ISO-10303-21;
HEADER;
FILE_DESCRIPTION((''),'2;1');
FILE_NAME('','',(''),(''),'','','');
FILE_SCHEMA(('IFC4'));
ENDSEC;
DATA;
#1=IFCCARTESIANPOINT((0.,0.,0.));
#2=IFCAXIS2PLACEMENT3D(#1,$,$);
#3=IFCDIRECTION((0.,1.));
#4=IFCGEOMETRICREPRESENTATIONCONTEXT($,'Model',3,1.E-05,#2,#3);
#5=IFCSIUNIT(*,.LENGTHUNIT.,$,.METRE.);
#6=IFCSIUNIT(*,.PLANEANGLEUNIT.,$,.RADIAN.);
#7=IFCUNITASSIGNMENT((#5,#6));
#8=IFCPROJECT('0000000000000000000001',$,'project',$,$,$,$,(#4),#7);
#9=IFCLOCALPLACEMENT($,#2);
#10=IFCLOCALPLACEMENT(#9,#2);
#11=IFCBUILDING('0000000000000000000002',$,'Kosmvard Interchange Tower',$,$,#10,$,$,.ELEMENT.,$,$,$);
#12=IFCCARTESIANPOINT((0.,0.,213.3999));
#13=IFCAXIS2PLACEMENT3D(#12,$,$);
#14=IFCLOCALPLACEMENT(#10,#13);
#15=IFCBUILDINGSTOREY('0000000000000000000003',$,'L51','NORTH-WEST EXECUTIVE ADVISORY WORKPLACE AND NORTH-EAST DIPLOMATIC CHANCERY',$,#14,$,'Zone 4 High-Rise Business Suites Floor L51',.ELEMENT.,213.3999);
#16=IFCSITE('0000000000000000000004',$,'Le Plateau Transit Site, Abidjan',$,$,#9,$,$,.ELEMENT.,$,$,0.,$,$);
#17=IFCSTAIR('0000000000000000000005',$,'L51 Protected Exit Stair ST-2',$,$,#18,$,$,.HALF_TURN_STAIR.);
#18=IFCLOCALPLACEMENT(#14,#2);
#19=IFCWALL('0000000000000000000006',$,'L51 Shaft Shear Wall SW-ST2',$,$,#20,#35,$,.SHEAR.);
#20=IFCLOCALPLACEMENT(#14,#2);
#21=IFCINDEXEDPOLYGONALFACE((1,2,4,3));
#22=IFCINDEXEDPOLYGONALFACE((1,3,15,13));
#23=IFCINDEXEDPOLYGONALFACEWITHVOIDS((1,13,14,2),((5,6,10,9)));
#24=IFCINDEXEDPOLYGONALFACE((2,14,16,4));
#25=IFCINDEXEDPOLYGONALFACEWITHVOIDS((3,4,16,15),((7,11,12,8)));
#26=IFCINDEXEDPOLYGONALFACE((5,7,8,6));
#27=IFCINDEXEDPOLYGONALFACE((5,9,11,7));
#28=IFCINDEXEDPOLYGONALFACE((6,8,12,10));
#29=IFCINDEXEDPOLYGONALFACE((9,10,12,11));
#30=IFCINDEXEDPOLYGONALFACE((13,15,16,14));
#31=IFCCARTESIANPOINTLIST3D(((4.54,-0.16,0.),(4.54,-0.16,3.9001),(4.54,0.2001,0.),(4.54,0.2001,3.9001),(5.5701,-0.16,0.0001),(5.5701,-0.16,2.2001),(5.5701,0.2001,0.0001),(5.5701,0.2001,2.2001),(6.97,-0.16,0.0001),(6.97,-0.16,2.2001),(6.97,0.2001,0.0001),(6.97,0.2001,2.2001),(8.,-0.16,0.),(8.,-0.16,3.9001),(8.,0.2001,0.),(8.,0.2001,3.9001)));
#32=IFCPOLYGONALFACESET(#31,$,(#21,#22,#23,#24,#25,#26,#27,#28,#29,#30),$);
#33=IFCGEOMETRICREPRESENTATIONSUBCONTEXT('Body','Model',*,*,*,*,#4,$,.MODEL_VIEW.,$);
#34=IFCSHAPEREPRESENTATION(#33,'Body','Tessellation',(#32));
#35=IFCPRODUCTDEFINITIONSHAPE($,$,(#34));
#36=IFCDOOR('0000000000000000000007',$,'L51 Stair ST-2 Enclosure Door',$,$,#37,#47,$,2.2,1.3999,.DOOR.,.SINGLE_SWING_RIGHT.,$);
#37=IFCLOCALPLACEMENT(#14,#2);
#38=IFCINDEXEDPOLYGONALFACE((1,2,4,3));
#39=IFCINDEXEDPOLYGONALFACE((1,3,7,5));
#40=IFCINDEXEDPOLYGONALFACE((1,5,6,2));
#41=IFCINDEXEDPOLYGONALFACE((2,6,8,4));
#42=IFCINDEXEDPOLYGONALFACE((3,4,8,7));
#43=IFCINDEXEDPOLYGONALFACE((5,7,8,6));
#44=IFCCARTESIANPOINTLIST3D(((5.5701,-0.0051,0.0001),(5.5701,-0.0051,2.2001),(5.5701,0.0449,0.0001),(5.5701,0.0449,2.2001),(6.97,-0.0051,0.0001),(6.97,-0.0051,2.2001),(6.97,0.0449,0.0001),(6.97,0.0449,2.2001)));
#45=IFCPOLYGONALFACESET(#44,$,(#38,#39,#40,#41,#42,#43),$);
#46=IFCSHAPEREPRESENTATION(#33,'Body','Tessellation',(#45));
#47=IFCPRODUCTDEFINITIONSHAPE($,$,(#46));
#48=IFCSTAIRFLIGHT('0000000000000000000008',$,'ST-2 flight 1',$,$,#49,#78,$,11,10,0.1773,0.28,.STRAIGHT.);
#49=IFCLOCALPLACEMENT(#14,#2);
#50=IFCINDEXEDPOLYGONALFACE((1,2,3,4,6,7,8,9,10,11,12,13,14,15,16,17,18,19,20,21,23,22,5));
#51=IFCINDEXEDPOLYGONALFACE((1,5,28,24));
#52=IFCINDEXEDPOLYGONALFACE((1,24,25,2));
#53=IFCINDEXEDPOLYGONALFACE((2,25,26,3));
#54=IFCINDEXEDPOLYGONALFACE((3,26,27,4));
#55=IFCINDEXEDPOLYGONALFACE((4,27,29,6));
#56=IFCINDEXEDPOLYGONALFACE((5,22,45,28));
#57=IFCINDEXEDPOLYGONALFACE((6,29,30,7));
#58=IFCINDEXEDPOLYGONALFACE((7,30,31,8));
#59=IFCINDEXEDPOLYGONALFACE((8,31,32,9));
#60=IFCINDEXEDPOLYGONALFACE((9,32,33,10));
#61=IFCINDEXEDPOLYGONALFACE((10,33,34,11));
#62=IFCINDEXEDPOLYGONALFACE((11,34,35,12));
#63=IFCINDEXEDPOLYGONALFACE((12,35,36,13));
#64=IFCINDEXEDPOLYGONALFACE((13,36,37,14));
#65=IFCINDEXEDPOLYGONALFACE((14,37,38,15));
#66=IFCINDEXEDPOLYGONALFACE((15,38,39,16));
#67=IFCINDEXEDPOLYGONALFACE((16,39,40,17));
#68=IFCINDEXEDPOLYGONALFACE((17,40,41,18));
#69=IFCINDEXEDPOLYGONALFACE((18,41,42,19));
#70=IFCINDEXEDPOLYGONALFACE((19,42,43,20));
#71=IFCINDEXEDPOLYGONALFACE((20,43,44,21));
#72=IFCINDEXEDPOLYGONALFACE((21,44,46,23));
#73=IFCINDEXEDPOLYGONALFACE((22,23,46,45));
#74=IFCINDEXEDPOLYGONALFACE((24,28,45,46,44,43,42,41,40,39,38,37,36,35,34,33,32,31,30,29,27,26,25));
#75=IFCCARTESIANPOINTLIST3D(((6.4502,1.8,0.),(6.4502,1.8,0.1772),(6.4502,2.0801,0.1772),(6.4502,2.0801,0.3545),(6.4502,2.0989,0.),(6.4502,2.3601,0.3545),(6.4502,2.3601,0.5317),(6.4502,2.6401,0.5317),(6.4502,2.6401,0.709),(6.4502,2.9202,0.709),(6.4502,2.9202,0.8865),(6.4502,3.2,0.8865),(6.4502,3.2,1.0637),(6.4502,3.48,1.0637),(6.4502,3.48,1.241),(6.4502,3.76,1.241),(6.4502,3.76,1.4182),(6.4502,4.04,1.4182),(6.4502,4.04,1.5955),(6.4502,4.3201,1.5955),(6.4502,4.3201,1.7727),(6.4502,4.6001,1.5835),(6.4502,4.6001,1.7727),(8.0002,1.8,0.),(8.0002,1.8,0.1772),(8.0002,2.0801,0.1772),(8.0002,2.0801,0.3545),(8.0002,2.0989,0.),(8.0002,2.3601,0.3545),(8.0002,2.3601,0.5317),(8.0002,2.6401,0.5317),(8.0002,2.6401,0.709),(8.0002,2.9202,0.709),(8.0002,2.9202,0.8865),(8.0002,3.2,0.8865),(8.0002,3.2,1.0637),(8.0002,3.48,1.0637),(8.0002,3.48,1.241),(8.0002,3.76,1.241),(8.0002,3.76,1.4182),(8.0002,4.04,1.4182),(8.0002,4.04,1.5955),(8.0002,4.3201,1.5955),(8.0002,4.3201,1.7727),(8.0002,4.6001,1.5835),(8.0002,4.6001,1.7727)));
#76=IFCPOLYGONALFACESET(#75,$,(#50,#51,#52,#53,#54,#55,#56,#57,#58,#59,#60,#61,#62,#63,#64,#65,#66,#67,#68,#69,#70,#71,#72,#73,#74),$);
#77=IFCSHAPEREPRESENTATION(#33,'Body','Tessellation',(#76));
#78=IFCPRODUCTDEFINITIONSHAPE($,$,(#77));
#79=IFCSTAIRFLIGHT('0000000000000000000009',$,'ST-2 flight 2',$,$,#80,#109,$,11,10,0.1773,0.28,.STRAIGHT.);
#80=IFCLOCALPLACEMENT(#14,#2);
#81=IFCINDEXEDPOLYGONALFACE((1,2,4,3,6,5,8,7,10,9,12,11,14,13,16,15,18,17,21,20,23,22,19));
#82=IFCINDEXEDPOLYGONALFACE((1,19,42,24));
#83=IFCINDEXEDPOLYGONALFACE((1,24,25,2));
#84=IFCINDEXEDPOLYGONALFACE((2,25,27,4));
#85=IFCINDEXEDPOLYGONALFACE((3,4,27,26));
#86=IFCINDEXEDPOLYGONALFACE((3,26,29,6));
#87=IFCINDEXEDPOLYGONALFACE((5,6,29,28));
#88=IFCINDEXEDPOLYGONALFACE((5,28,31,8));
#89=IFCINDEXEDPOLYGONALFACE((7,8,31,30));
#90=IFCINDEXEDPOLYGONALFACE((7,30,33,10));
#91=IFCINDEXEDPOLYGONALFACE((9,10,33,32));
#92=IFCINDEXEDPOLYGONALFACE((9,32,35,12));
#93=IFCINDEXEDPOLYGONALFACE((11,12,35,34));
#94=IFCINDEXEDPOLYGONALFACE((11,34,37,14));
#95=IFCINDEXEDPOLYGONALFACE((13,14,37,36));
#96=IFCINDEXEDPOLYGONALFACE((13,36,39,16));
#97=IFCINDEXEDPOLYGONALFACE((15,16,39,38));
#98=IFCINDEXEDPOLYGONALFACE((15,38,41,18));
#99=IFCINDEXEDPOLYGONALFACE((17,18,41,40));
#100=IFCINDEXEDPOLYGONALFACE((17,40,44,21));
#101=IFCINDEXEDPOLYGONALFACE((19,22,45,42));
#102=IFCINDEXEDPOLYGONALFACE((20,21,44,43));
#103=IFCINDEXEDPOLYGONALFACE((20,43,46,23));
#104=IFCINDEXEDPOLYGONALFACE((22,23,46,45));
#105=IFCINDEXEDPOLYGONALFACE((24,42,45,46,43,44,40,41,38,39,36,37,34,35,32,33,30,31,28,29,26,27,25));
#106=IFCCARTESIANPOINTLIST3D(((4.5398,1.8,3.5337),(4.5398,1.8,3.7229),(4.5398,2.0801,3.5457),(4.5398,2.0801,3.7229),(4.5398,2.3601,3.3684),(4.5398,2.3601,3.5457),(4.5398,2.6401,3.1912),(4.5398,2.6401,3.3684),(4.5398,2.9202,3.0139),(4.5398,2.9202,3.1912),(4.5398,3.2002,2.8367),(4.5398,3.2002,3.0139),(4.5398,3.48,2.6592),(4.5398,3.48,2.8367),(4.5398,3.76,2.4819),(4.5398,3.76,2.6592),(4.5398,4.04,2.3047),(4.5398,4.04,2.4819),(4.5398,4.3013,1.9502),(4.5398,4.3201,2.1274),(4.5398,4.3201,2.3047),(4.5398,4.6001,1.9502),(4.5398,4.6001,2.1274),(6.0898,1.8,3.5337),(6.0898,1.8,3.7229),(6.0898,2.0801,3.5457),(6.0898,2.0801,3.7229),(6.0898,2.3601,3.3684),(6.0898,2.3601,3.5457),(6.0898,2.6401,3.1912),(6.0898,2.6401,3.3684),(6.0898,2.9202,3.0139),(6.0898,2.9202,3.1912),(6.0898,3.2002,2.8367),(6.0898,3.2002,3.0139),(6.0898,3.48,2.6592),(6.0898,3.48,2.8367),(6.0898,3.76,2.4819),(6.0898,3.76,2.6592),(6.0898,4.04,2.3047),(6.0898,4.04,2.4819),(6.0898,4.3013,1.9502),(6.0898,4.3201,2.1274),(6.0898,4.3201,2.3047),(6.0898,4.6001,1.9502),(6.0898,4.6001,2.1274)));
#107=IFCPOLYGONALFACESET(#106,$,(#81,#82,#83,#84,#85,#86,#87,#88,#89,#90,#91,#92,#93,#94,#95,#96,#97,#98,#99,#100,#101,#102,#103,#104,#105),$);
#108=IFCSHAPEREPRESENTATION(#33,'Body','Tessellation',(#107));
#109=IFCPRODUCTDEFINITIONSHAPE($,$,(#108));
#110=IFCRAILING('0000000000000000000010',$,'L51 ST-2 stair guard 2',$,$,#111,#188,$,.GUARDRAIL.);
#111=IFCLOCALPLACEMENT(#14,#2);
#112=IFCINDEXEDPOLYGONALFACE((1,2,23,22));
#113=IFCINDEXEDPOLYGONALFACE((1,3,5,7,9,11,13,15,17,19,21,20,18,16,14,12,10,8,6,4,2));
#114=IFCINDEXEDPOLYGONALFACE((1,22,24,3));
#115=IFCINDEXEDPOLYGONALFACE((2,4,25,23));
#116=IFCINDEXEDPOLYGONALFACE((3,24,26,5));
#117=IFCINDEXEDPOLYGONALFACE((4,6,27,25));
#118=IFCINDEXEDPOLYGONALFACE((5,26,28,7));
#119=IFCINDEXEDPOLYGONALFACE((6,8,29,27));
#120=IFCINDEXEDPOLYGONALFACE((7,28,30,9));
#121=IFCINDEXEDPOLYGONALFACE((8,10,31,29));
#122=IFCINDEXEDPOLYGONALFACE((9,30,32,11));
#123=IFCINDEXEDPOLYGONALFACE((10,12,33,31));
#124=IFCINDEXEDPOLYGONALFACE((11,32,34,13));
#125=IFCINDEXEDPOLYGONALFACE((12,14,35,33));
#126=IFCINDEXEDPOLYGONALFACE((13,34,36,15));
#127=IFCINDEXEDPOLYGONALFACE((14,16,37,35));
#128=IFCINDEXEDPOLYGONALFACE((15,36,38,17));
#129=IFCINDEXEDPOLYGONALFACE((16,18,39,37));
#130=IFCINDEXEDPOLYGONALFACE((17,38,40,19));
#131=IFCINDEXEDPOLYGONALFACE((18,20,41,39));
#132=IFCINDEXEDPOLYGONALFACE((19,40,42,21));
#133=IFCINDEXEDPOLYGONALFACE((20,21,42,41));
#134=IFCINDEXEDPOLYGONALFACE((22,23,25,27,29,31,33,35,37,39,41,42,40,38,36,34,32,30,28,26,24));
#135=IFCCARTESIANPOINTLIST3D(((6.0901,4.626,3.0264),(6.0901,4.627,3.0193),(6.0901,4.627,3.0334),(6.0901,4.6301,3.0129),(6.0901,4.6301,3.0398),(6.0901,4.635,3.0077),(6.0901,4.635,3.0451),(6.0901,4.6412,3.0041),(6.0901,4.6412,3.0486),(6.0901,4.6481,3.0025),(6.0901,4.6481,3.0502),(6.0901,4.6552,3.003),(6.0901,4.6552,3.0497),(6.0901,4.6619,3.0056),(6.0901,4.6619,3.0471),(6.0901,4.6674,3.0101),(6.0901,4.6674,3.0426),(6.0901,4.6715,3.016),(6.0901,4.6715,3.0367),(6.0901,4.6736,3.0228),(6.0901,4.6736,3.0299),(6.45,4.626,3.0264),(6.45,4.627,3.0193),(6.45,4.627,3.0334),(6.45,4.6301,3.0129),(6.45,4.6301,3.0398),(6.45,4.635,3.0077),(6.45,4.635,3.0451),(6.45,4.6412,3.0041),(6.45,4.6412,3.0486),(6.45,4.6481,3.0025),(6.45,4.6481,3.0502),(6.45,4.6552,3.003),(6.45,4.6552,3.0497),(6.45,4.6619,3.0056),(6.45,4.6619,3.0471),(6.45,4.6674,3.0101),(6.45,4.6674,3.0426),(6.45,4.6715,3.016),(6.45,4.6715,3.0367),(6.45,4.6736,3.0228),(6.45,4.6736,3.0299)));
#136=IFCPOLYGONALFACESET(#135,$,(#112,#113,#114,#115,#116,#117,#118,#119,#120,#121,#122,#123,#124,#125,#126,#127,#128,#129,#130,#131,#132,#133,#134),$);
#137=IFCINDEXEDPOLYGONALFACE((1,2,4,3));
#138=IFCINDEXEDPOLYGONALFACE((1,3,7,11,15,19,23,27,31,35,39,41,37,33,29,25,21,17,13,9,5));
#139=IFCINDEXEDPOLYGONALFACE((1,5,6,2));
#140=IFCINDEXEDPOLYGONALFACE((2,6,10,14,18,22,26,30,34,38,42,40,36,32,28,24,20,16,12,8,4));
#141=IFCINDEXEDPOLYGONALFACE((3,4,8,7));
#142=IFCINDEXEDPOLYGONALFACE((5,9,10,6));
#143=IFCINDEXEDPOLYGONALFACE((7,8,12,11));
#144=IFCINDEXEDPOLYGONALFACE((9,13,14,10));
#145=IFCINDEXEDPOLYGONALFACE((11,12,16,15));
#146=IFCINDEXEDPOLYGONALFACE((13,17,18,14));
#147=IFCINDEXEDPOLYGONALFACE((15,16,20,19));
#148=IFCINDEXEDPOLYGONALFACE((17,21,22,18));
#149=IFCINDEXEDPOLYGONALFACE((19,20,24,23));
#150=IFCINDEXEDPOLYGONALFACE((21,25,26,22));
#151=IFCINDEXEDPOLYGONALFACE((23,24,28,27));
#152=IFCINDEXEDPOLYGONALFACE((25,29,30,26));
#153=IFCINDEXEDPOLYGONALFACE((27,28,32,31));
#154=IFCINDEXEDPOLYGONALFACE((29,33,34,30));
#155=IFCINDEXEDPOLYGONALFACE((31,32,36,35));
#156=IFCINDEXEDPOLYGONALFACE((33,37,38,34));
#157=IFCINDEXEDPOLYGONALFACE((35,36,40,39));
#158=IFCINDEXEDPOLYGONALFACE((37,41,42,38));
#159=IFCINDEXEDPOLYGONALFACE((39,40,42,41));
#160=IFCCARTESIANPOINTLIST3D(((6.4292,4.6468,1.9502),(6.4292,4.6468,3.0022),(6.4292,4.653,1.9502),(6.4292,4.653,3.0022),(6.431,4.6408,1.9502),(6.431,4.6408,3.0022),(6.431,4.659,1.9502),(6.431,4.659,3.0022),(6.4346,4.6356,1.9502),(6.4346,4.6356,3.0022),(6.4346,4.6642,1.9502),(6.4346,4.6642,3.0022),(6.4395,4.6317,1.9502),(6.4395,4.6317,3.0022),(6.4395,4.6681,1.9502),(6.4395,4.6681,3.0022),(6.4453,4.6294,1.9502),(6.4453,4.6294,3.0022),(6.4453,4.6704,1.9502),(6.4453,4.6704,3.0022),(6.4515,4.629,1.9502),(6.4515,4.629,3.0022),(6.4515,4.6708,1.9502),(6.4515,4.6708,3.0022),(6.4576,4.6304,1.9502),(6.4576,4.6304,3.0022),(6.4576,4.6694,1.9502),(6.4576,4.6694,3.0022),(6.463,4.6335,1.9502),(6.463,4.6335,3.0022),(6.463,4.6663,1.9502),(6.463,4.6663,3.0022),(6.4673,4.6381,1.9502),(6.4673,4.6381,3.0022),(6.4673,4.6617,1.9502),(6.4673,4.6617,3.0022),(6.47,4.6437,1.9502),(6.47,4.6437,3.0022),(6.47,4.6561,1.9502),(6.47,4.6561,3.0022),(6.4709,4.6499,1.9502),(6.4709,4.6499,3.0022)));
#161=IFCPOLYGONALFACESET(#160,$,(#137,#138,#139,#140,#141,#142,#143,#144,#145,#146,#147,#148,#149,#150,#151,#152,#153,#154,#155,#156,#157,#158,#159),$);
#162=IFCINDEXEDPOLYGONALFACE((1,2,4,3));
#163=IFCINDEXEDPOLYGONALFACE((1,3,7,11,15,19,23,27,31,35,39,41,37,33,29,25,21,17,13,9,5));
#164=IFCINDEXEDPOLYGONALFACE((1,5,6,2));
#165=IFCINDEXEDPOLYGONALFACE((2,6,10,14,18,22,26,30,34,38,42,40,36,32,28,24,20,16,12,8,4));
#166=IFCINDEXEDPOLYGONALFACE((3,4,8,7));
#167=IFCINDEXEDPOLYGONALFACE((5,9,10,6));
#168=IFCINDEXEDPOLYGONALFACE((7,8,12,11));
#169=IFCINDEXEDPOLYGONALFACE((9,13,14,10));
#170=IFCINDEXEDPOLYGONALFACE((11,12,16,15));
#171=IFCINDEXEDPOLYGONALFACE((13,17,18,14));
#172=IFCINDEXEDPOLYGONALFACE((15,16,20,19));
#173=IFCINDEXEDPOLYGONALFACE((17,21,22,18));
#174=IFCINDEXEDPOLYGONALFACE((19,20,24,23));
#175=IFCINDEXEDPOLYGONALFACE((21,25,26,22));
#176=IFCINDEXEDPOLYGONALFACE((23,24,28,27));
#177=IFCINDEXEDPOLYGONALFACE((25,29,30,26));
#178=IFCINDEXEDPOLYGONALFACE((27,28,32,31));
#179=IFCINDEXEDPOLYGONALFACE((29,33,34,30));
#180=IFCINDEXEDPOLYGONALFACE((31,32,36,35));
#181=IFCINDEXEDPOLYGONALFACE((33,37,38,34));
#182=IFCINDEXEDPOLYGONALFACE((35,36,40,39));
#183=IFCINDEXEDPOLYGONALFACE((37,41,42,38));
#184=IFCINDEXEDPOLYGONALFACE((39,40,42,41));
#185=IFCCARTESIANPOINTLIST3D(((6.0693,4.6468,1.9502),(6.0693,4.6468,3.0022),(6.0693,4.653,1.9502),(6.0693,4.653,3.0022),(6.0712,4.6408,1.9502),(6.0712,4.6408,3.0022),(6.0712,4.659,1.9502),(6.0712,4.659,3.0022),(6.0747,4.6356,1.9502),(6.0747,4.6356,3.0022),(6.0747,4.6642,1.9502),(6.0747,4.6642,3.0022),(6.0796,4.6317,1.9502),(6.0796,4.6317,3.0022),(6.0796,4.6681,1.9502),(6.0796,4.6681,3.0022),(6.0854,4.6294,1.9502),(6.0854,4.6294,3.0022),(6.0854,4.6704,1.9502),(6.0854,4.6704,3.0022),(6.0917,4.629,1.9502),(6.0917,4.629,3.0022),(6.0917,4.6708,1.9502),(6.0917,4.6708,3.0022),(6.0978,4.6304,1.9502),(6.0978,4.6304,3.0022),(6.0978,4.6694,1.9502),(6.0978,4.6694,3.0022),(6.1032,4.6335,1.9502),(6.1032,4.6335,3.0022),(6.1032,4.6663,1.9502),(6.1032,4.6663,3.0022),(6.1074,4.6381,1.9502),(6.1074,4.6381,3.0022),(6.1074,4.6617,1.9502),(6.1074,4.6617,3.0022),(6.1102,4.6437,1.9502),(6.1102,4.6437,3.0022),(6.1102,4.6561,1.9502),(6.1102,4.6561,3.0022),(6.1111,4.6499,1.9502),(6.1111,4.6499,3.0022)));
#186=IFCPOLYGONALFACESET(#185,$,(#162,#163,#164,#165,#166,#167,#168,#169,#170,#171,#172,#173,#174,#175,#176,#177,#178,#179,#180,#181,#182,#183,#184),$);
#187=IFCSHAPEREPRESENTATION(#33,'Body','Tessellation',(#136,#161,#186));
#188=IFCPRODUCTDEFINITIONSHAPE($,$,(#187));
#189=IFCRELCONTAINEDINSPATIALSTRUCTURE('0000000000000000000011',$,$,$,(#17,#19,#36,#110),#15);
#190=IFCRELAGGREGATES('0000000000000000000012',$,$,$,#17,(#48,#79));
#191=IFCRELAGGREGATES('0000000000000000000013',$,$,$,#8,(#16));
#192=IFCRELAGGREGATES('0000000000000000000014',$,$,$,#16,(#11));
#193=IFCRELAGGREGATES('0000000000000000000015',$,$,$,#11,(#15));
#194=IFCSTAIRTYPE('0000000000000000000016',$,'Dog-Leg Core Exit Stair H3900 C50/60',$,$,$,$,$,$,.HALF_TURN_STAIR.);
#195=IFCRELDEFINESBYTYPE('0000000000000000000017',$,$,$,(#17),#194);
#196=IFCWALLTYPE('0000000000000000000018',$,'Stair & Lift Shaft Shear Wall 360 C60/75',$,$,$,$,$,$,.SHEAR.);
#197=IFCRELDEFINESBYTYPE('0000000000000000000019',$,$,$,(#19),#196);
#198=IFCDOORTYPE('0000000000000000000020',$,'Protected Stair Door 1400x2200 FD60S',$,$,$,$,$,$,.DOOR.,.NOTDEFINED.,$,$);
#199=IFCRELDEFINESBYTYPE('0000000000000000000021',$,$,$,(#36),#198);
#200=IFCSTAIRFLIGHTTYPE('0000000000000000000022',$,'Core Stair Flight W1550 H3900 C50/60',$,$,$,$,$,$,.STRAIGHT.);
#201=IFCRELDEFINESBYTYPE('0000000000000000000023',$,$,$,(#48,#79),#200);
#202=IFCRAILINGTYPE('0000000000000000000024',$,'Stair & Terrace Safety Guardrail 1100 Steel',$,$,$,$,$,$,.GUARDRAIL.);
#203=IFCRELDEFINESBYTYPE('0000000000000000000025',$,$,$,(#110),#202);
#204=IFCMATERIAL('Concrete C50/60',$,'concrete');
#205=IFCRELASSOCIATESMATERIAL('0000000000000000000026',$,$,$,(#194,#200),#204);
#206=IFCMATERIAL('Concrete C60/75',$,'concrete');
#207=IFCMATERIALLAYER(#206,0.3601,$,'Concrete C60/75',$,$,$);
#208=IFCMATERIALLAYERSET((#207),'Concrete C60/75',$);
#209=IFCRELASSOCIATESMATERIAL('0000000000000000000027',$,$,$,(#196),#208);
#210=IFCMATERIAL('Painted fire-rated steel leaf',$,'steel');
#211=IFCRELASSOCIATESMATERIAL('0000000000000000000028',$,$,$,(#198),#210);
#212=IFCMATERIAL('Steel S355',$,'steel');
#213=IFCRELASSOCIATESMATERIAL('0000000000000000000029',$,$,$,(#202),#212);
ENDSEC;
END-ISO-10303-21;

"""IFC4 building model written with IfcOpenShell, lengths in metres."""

from ifc_helpers import new_model, si_unit, direction, frame, frame_2d, origin, origin_2d, place, context, subcontext, project, spatial, polyline, rectangle, circle, outline, extrude, source, transform, mapped, material, layer, layer_set, type_object, element, fill, aggregate, save


model = new_model("IFC4")

# Units and contexts
model_context = context("Model", 3, precision=1e-05, world=origin(), true_north=direction((0.0, 1.0)))
body_context = subcontext(model_context, "Body", "Model", "MODEL_VIEW")
ifc_project = project(units=[si_unit("LENGTHUNIT", "METRE"), si_unit("PLANEANGLEUNIT", "RADIAN")], contexts=[model_context])

# Site, building, storey
site_placement = place(None, origin())
site = spatial("IfcSite", under=ifc_project, at=site_placement, Name="Le Plateau Transit Site, Abidjan", CompositionType="ELEMENT", RefElevation=0.0)
building_placement = place(site_placement, origin())
building = spatial("IfcBuilding", under=site, at=building_placement, Name="Kosmvard Interchange Tower", CompositionType="ELEMENT")
storey_placement = place(building_placement, frame((0.0, 0.0, 213.3999)))
storey = spatial("IfcBuildingStorey", under=building, at=storey_placement, Name="L51", Description="NORTH-WEST EXECUTIVE ADVISORY WORKPLACE AND NORTH-EAST DIPLOMATIC CHANCERY", LongName="Zone 4 High-Rise Business Suites Floor L51", CompositionType="ELEMENT", Elevation=213.3999)

# Stair
ifc_material_1 = material(Name="Concrete C50/60", Category="concrete")
stair_type = type_object("IfcStairType", Name="Dog-Leg Core Exit Stair H3900 C50/60", PredefinedType="HALF_TURN_STAIR", material=ifc_material_1)
stair_1_placement = place(storey_placement, origin())
stair_1 = element("IfcStair", 1, at=stair_1_placement, inside=storey, type_object=stair_type, Name="L51 Protected Exit Stair ST-2", PredefinedType="HALF_TURN_STAIR")

# Wall, opening, door
ifc_material_2 = material(Name="Concrete C60/75", Category="concrete")
ifc_layer_1 = layer(ifc_material_2, 0.3601, Name="Concrete C60/75")
ifc_layer_set_1 = layer_set([ifc_layer_1], Name="Concrete C60/75")
wall_type_1 = type_object("IfcWallType", Name="Stair & Lift Shaft Shear Wall 360 C60/75", PredefinedType="SHEAR", material=ifc_layer_set_1)
wall_1_placement = place(storey_placement, frame((4.54, 0.02, 0.0), z_axis=(0.0, 0.0, 1.0), x_axis=(1.0, 0.0, 0.0)))
wall_1 = element("IfcWall", 2, at=wall_1_placement, inside=storey, type_object=wall_type_1, Name="L51 Shaft Shear Wall SW-ST2", PredefinedType="SHEAR", context=body_context, shape_type="SweptSolid", body=[
    extrude(rectangle(XDim=3.46, YDim=0.3601, at=frame_2d((1.73, 0.0))), origin(), (0.0, 0.0, 1.0), 3.9001),
])
opening_1_placement = place(wall_1_placement, frame((1.03, 0.0, 0.0)))
opening_1 = element("IfcOpeningElement", 3, at=opening_1_placement, cuts=wall_1, PredefinedType="OPENING", context=body_context, shape_type="SweptSolid", body=[
    extrude(rectangle(XDim=1.3999, YDim=2.2, at=frame_2d((0.7, 1.1001))), frame((0.0, 0.1899, 0.0), z_axis=(0.0, -1.0, 0.0), x_axis=(1.0, 0.0, 0.0)), (0.0, 0.0, 1.0), 0.3801),
])
ifc_material_3 = material(Name="Painted fire-rated steel leaf", Category="steel")
door_type_1 = type_object("IfcDoorType", Name="Protected Stair Door 1400x2200 FD60S", OperationType="NOTDEFINED", PredefinedType="DOOR", material=ifc_material_3)
shared_shape_1 = source(origin(), body_context, "Body", "SweptSolid", [
    extrude(rectangle(XDim=1.3999, YDim=2.2, at=frame_2d((0.7, 1.1001))), frame((0.0, 0.0249, 0.0), z_axis=(0.0, -1.0, 0.0), x_axis=(1.0, 0.0, 0.0)), (0.0, 0.0, 1.0), 0.05),
])
door_1_placement = place(opening_1_placement, origin())
door_1 = element("IfcDoor", 4, at=door_1_placement, inside=storey, type_object=door_type_1, Name="L51 Stair ST-2 Enclosure Door", OperationType="SINGLE_SWING_RIGHT", OverallHeight=2.2, OverallWidth=1.3999, PredefinedType="DOOR", context=body_context, shape_type="MappedRepresentation", body=[
    mapped(shared_shape_1, transform((0.0, 0.0, 0.0), scale=1.0)),
])
fill(opening_1, door_1)

# Stair flights
stair_flight_type = type_object("IfcStairFlightType", Name="Core Stair Flight W1550 H3900 C50/60", PredefinedType="STRAIGHT", material=ifc_material_1)
shared_shape_2 = source(origin(), body_context, "Body", "SweptSolid", [
    extrude(outline(polyline([(0.0, 0.0), (0.0, 0.1772), (0.28, 0.1772), (0.28, 0.3545), (0.5601, 0.3545), (0.5601, 0.5317), (0.8401, 0.5317), (0.8401, 0.709), (1.1201, 0.709), (1.1201, 0.8865), (1.3999, 0.8865), (1.3999, 1.0637), (1.6799, 1.0637), (1.6799, 1.241), (1.96, 1.241), (1.96, 1.4182), (2.24, 1.4182), (2.24, 1.5955), (2.52, 1.5955), (2.52, 1.7727), (2.8, 1.7727), (2.8, 1.95), (2.8, 1.5835), (0.2988, 0.0), (0.0, 0.0)])), frame((0.0, 0.7749, 0.0), z_axis=(0.0, -1.0, 0.0), x_axis=(1.0, 0.0, 0.0)), (0.0, 0.0, 1.0), 1.55),
])
stair_flight_1_placement = place(storey_placement, frame((7.2251, 1.8, 0.0), z_axis=(0.0, 0.0, 1.0), x_axis=(0.0, 1.0, 0.0)))
stair_flight_1 = element("IfcStairFlight", 5, at=stair_flight_1_placement, type_object=stair_flight_type, Name="ST-2 flight 1", NumberOfRisers=11, NumberOfTreads=10, PredefinedType="STRAIGHT", RiserHeight=0.1773, TreadLength=0.28, context=body_context, shape_type="MappedRepresentation", body=[
    mapped(shared_shape_2, transform((0.0, 0.0, 0.0), scale=1.0)),
])
stair_flight_2_placement = place(storey_placement, frame((5.3149, 4.6001, 1.9502), z_axis=(0.0, 0.0, 1.0), x_axis=(0.0, -1.0, 0.0)))
stair_flight_2 = element("IfcStairFlight", 6, at=stair_flight_2_placement, type_object=stair_flight_type, Name="ST-2 flight 2", NumberOfRisers=11, NumberOfTreads=10, PredefinedType="STRAIGHT", RiserHeight=0.1773, TreadLength=0.28, context=body_context, shape_type="MappedRepresentation", body=[
    mapped(shared_shape_2, transform((0.0, 0.0, 0.0), scale=1.0)),
])
aggregate(stair_1, [stair_flight_1, stair_flight_2])

# Railing
ifc_material_4 = material(Name="Steel S355", Category="steel")
railing_type_1 = type_object("IfcRailingType", Name="Stair & Terrace Safety Guardrail 1100 Steel", PredefinedType="GUARDRAIL", material=ifc_material_4)
shared_shape_3 = source(origin(), body_context, "Body", "SweptSolid", [
    extrude(circle(Radius=0.0239, at=origin_2d()), frame((0.0, 0.0, 1.0762), z_axis=(-1.0, 0.0, 0.0), x_axis=(0.0, -1.0, 0.0)), (0.0, 0.0, 1.0), 0.3599),
    extrude(circle(Radius=0.021, at=origin_2d()), origin(), (0.0, 0.0, 1.0), 1.052),
    extrude(circle(Radius=0.021, at=origin_2d()), frame((-0.3599, 0.0, 0.0)), (0.0, 0.0, 1.0), 1.052),
])
for number, where, name in (
    (7, (6.45, 4.6499, 1.9502), "L51 ST-2 stair guard 2"),
):
    element("IfcRailing", number, at=place(storey_placement, frame(where)), inside=storey, type_object=railing_type_1, Name=name, PredefinedType="GUARDRAIL", context=body_context, shape_type="MappedRepresentation", body=[
        mapped(shared_shape_3, transform((0.0, 0.0, 0.0), scale=1.0)),
    ])

save(model, "model.ifc")
